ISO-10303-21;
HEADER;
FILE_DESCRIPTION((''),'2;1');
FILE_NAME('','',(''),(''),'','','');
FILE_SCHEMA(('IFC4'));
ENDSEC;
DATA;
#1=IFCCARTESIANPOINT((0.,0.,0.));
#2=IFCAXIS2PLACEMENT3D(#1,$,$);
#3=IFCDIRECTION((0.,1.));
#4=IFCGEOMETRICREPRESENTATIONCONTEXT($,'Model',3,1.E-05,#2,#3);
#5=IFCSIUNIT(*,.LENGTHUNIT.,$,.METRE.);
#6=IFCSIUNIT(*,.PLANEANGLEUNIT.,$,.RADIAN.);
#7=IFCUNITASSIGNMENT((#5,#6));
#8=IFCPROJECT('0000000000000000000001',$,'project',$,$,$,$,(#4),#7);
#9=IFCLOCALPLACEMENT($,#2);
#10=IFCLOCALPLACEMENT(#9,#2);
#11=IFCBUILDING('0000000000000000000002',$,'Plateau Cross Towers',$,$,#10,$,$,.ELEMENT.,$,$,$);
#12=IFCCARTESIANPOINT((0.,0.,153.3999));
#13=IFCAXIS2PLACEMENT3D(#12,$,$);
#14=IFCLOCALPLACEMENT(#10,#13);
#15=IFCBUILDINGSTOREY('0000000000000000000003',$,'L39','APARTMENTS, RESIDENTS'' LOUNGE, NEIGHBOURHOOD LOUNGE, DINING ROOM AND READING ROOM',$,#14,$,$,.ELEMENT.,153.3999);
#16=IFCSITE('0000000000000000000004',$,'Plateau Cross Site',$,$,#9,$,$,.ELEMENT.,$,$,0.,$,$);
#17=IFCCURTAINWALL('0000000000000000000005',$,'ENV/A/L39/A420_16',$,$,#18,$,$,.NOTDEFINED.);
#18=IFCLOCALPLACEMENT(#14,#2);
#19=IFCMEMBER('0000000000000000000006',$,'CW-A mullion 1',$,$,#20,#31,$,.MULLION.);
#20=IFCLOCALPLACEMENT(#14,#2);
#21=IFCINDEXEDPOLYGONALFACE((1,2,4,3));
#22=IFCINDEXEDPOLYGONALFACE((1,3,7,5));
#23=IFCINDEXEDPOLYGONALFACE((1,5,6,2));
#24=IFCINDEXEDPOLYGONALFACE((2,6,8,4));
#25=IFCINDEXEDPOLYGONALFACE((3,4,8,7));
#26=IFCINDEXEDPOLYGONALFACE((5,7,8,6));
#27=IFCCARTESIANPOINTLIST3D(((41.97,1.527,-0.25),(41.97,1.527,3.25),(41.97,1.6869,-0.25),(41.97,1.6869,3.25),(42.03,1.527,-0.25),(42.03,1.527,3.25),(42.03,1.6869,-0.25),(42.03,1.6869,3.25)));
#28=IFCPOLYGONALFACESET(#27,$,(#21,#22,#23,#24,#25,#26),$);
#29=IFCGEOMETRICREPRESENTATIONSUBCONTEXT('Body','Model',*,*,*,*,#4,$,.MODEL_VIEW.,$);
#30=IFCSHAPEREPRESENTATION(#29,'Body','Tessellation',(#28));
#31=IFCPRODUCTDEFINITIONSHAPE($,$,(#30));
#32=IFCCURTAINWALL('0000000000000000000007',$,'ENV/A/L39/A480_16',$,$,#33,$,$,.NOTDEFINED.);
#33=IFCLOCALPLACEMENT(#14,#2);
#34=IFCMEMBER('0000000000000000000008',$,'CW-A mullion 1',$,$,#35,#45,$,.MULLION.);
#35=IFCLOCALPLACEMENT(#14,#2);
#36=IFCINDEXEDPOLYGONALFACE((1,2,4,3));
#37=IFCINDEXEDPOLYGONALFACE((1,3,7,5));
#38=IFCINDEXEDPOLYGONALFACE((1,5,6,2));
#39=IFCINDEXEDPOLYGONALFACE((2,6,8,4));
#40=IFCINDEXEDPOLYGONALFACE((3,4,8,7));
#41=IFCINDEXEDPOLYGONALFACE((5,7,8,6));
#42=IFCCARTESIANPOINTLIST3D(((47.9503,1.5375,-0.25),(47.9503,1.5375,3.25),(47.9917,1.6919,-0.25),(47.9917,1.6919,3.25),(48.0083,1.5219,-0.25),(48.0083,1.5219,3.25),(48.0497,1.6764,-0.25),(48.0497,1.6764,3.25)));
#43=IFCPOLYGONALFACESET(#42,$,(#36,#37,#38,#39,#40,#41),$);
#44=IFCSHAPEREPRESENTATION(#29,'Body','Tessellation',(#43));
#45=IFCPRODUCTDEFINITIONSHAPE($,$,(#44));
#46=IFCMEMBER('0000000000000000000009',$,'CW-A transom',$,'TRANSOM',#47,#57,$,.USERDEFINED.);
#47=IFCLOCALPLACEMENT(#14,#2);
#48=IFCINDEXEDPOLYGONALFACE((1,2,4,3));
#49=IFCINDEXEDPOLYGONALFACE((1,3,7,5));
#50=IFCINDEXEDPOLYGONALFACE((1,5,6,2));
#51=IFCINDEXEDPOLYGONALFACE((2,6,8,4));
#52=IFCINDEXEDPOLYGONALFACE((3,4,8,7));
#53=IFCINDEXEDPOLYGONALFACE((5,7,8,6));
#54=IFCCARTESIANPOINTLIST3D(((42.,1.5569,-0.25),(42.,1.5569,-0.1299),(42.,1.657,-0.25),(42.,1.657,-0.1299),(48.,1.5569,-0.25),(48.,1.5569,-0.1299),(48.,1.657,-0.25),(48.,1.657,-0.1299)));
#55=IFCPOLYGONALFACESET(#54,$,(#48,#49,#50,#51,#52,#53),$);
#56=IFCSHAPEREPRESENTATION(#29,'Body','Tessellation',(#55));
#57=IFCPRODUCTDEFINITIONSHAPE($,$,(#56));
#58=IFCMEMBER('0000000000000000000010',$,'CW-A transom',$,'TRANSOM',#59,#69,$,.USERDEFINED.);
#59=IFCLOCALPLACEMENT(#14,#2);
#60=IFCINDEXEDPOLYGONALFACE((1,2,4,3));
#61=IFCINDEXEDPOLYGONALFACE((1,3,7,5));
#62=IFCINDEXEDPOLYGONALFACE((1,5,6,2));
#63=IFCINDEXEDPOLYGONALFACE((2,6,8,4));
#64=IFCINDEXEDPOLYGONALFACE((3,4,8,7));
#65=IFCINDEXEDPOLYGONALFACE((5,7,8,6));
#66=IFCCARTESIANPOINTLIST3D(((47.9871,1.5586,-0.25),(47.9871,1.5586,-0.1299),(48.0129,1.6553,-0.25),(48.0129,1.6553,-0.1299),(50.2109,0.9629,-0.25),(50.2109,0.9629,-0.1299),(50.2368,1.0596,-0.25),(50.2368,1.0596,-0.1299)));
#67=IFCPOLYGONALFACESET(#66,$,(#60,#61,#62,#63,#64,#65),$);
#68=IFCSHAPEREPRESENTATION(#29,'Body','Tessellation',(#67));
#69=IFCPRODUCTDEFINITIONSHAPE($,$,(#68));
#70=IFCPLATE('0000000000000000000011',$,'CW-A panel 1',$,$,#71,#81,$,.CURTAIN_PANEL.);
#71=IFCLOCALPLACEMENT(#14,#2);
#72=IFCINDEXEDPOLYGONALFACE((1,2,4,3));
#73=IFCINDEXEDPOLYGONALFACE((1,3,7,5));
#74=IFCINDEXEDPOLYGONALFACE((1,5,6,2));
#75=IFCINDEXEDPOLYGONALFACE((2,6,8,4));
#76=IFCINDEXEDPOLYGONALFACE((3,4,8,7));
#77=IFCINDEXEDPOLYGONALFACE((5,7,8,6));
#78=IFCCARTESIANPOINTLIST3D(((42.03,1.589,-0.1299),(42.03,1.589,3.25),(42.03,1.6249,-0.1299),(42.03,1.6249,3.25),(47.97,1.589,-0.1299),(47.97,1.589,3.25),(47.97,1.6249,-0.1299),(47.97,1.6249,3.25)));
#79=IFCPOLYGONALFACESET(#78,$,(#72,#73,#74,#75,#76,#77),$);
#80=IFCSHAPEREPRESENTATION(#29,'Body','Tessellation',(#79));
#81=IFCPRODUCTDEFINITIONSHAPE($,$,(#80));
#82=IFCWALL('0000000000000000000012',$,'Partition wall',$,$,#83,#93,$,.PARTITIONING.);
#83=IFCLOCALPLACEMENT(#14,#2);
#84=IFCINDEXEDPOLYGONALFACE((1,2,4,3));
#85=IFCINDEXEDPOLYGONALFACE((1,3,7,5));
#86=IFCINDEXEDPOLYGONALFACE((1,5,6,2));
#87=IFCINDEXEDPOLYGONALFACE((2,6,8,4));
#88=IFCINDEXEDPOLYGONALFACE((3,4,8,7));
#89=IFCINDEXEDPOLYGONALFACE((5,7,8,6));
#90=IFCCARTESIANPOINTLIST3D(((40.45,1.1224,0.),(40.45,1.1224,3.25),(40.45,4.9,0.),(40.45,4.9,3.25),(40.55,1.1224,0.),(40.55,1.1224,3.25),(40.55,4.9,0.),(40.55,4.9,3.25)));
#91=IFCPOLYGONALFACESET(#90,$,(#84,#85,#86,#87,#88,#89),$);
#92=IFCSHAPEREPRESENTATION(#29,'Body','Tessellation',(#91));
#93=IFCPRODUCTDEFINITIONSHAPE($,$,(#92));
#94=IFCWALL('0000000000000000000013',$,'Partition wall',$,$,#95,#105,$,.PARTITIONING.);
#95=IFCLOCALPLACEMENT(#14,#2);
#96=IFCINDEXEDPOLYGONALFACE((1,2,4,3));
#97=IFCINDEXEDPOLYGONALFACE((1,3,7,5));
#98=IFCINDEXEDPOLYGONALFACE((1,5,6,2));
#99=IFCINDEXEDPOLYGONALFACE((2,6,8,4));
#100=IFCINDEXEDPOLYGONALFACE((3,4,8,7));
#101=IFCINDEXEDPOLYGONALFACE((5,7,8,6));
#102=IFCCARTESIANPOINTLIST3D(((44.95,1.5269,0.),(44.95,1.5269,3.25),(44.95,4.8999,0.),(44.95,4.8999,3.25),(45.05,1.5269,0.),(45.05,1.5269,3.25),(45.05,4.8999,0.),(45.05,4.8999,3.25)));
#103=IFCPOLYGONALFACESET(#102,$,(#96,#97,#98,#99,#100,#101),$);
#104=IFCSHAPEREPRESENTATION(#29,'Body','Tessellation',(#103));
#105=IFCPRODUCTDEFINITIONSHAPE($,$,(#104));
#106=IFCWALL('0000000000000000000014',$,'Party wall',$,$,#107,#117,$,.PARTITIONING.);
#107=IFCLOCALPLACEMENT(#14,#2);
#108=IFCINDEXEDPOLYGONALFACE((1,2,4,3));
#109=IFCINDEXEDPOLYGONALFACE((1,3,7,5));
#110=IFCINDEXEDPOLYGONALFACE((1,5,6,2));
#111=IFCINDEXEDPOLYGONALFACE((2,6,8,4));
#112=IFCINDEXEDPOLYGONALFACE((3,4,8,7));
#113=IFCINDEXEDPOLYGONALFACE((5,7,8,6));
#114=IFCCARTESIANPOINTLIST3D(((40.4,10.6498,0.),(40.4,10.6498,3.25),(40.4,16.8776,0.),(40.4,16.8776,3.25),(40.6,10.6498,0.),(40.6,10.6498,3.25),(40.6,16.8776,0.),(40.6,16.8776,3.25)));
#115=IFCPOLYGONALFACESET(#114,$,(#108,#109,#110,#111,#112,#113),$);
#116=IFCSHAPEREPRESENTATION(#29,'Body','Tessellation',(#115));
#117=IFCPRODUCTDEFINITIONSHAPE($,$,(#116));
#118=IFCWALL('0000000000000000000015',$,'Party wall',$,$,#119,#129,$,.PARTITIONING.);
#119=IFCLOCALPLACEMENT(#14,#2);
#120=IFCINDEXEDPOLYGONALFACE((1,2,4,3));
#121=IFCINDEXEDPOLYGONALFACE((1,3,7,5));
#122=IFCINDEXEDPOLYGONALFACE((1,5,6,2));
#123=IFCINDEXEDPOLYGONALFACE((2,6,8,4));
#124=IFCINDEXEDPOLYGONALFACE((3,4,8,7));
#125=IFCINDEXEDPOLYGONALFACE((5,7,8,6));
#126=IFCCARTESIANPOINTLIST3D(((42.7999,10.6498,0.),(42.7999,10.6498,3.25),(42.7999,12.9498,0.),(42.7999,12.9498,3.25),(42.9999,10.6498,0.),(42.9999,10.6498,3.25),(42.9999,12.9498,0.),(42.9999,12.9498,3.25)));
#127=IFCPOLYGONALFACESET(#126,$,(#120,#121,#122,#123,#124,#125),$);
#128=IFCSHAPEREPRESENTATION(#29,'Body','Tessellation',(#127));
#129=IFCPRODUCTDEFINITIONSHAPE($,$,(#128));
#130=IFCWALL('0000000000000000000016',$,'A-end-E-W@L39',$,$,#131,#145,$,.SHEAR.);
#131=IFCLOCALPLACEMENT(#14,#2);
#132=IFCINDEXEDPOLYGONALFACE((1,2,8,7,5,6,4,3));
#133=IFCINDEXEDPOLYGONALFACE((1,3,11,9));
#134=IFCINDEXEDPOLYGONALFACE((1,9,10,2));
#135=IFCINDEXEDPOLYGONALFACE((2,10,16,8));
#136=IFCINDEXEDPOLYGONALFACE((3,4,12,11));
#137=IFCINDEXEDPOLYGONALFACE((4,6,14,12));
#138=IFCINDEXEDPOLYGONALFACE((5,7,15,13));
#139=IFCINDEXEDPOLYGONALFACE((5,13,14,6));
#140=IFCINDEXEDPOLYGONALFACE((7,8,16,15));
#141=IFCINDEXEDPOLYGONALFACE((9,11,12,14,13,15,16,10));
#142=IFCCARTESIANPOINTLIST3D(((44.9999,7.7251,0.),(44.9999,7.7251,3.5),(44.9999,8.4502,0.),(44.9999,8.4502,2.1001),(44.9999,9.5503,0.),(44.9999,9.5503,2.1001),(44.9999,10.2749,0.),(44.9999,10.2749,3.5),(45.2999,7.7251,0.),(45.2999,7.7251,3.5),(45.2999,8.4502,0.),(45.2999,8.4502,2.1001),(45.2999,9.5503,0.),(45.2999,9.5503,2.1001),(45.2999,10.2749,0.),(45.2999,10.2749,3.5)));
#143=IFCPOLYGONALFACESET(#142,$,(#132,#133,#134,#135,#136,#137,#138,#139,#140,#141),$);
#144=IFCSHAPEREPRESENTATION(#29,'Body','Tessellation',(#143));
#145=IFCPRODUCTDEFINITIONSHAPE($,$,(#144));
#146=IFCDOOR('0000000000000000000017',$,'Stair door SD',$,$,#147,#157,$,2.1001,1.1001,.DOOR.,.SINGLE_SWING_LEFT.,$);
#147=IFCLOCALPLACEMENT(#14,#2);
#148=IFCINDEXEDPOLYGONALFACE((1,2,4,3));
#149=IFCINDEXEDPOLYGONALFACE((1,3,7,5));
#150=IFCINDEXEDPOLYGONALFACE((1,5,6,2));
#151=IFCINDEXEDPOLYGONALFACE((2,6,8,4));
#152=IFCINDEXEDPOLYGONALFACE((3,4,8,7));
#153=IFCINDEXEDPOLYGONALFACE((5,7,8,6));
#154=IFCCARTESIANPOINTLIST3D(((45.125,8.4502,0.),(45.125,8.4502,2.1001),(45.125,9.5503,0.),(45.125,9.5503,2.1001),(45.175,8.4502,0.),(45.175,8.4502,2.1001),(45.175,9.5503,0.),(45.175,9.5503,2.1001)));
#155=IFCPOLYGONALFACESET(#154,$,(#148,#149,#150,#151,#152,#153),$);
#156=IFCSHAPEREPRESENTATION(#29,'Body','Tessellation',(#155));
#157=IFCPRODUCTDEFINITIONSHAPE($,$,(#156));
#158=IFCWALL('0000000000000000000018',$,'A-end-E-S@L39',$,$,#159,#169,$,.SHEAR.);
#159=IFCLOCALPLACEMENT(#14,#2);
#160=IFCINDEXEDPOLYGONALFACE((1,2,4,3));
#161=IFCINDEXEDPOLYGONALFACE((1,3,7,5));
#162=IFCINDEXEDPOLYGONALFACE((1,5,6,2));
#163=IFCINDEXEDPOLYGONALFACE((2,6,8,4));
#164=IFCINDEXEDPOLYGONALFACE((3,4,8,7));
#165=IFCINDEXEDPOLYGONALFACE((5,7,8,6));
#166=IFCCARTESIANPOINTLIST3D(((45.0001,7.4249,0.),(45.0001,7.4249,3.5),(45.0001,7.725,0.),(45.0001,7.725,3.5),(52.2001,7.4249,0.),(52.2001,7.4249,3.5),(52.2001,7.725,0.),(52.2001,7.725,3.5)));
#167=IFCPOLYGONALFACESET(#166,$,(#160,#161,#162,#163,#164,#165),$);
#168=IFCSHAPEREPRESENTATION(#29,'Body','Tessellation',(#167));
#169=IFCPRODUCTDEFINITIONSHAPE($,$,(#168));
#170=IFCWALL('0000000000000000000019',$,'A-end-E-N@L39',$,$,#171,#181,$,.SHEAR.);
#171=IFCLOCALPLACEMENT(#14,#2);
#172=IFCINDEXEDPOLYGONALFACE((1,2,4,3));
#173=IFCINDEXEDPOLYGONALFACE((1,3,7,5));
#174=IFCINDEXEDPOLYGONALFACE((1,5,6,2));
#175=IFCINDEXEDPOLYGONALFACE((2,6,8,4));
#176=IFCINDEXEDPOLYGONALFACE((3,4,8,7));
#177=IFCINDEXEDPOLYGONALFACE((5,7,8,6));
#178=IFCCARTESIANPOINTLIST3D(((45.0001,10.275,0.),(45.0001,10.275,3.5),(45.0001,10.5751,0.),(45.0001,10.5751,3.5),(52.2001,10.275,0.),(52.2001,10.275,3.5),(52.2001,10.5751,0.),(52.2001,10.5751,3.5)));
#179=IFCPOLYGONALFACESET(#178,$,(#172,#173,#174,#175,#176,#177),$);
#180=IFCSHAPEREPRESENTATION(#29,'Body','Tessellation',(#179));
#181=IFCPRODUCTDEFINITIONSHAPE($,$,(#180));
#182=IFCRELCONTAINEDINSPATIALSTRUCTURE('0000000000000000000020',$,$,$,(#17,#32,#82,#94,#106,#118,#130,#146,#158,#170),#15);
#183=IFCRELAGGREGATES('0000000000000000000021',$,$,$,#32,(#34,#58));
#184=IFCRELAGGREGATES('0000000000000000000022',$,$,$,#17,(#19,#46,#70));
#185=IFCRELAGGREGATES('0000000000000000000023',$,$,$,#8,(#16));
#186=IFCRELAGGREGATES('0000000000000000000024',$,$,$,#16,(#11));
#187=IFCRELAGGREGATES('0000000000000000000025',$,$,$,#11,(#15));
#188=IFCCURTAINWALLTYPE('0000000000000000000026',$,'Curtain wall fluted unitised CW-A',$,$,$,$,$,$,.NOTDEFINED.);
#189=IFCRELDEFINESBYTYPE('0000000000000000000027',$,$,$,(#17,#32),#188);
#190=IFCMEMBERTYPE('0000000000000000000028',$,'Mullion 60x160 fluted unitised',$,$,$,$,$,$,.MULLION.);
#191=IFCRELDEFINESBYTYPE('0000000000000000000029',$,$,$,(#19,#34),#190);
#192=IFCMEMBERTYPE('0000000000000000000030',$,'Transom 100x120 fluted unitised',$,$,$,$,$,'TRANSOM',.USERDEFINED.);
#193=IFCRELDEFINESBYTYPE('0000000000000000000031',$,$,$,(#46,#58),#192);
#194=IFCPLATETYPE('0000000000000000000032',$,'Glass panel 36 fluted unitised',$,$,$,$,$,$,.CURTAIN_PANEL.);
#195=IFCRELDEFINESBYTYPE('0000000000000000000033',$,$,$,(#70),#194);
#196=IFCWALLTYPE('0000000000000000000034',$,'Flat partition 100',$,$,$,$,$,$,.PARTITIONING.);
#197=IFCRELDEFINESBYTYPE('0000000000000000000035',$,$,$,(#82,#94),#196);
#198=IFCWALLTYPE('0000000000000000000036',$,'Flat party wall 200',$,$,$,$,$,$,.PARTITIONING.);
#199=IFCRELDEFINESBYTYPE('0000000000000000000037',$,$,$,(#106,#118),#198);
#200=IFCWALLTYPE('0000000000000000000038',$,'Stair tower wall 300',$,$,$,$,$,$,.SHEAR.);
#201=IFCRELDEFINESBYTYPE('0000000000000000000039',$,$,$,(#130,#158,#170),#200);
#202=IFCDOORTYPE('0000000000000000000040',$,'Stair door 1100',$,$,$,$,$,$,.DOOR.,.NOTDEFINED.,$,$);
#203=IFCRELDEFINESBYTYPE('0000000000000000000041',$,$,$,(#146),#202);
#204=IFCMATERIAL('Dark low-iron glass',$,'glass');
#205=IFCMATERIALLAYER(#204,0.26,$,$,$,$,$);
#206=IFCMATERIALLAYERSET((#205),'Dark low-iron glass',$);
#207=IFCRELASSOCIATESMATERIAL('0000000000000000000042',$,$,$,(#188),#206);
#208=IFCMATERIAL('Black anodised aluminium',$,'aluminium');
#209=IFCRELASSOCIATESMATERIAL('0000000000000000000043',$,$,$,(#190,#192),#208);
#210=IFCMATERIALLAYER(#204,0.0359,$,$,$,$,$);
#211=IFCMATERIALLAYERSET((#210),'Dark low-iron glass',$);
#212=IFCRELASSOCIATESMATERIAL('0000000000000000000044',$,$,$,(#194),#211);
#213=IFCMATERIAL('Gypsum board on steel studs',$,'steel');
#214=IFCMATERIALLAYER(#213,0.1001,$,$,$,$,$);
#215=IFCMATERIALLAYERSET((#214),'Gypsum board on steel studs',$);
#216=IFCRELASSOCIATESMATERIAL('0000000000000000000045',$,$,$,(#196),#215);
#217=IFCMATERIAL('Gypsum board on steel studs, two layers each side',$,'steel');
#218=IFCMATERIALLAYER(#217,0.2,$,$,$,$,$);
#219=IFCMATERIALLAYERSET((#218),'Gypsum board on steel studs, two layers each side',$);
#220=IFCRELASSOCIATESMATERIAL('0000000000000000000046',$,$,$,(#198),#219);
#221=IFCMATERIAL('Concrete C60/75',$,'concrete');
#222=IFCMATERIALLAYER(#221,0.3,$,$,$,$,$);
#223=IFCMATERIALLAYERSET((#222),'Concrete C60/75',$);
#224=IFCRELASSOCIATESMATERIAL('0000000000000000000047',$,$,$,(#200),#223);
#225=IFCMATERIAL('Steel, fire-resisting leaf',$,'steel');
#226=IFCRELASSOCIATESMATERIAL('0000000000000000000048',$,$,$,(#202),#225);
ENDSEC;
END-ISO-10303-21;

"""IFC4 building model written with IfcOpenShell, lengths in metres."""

from ifc_helpers import new_model, si_unit, direction, frame, frame_2d, origin, origin_2d, place, context, subcontext, project, spatial, rectangle, extrude, material, layer, layer_set, material_profile, profile_set, type_object, element, fill, aggregate, save


model = new_model("IFC4")

# Units and contexts
model_context = context("Model", 3, precision=1e-05, world=origin(), true_north=direction((0.0, 1.0)))
body_context = subcontext(model_context, "Body", "Model", "MODEL_VIEW")
ifc_project = project(units=[si_unit("LENGTHUNIT", "METRE"), si_unit("PLANEANGLEUNIT", "RADIAN")], contexts=[model_context])

# Site, building, storey
site_placement = place(None, origin())
site = spatial("IfcSite", under=ifc_project, at=site_placement, Name="Plateau Cross Site", CompositionType="ELEMENT", RefElevation=0.0)
building_placement = place(site_placement, origin())
building = spatial("IfcBuilding", under=site, at=building_placement, Name="Plateau Cross Towers", CompositionType="ELEMENT")
storey_placement = place(building_placement, frame((0.0, 0.0, 153.3999)))
storey = spatial("IfcBuildingStorey", under=building, at=storey_placement, Name="L39", Description="APARTMENTS, RESIDENTS' LOUNGE, NEIGHBOURHOOD LOUNGE, DINING ROOM AND READING ROOM", CompositionType="ELEMENT", Elevation=153.3999)

# Curtain walls, members
ifc_material_1 = material(Name="Dark low-iron glass", Category="glass")
ifc_layer_1 = layer(ifc_material_1, 0.26)
ifc_layer_set_1 = layer_set([ifc_layer_1], Name="Dark low-iron glass")
curtain_wall_type = type_object("IfcCurtainWallType", Name="Curtain wall fluted unitised CW-A", PredefinedType="NOTDEFINED", material=ifc_layer_set_1)
curtain_wall_1_placement = place(storey_placement, origin())
curtain_wall_1 = element("IfcCurtainWall", 1, at=curtain_wall_1_placement, inside=storey, type_object=curtain_wall_type, Name="ENV/A/L39/A420_16", PredefinedType="NOTDEFINED")
ifc_material_2 = material(Name="Black anodised aluminium", Category="aluminium")
ifc_material_profile_1 = material_profile(ifc_material_2, rectangle(XDim=0.0601, YDim=0.1599, at=origin_2d()), Name="MULLION 60x160")
ifc_profile_set_1 = profile_set([ifc_material_profile_1], Name="Black anodised aluminium")
member_type_1 = type_object("IfcMemberType", Name="Mullion 60x160 fluted unitised", PredefinedType="MULLION", material=ifc_profile_set_1)
member_1_placement = place(storey_placement, frame((42.0, 1.6069, -0.25), z_axis=(0.0, 0.0, 1.0), x_axis=(1.0, 0.0, 0.0)))
member_1 = element("IfcMember", 2, at=member_1_placement, type_object=member_type_1, Name="CW-A mullion 1", PredefinedType="MULLION", context=body_context, shape_type="SweptSolid", body=[
    extrude(rectangle(XDim=0.0601, YDim=0.1599, at=origin_2d()), origin(), (0.0, 0.0, 1.0), 3.5),
])
curtain_wall_2_placement = place(storey_placement, origin())
curtain_wall_2 = element("IfcCurtainWall", 3, at=curtain_wall_2_placement, inside=storey, type_object=curtain_wall_type, Name="ENV/A/L39/A480_16", PredefinedType="NOTDEFINED")
member_2_placement = place(storey_placement, frame((48.0, 1.6069, -0.25), z_axis=(0.0, 0.0, 1.0), x_axis=(0.965958, -0.258699, 0.0)))
member_2 = element("IfcMember", 4, at=member_2_placement, type_object=member_type_1, Name="CW-A mullion 1", PredefinedType="MULLION", context=body_context, shape_type="SweptSolid", body=[
    extrude(rectangle(XDim=0.0601, YDim=0.1599, at=origin_2d()), origin(), (0.0, 0.0, 1.0), 3.5),
])

# Members
ifc_material_profile_2 = material_profile(ifc_material_2, rectangle(XDim=0.1001, YDim=0.1201, at=origin_2d()), Name="TRANSOM 100x120")
ifc_profile_set_2 = profile_set([ifc_material_profile_2], Name="Black anodised aluminium")
member_type_2 = type_object("IfcMemberType", Name="Transom 100x120 fluted unitised", ElementType="TRANSOM", PredefinedType="USERDEFINED", material=ifc_profile_set_2)
member_3_placement = place(storey_placement, frame((42.0, 1.6069, -0.1899), z_axis=(1.0, 0.0, 0.0), x_axis=(0.0, 1.0, 0.0)))
member_3 = element("IfcMember", 5, at=member_3_placement, type_object=member_type_2, Name="CW-A transom", ObjectType="TRANSOM", PredefinedType="USERDEFINED", context=body_context, shape_type="SweptSolid", body=[
    extrude(rectangle(XDim=0.1001, YDim=0.1201, at=origin_2d()), origin(), (0.0, 0.0, 1.0), 6.0),
])
member_4_placement = place(storey_placement, frame((48.0, 1.6069, -0.1899), z_axis=(0.965946, -0.258745, 0.0), x_axis=(0.258745, 0.965946, 0.0)))
member_4 = element("IfcMember", 6, at=member_4_placement, type_object=member_type_2, Name="CW-A transom", ObjectType="TRANSOM", PredefinedType="USERDEFINED", context=body_context, shape_type="SweptSolid", body=[
    extrude(rectangle(XDim=0.1001, YDim=0.1201, at=origin_2d()), origin(), (0.0, 0.0, 1.0), 2.3022),
])
aggregate(curtain_wall_2, [member_2, member_4])

# Plate
ifc_layer_2 = layer(ifc_material_1, 0.0359)
ifc_layer_set_2 = layer_set([ifc_layer_2], Name="Dark low-iron glass")
plate_type = type_object("IfcPlateType", Name="Glass panel 36 fluted unitised", PredefinedType="CURTAIN_PANEL", material=ifc_layer_set_2)
plate_placement = place(storey_placement, frame((45.0, 1.6069, -0.1299), z_axis=(0.0, 0.0, 1.0), x_axis=(1.0, 0.0, 0.0)))
plate = element("IfcPlate", 7, at=plate_placement, type_object=plate_type, Name="CW-A panel 1", PredefinedType="CURTAIN_PANEL", context=body_context, shape_type="SweptSolid", body=[
    extrude(rectangle(XDim=5.9399, YDim=0.0359, at=origin_2d()), origin(), (0.0, 0.0, 1.0), 3.3799),
])
aggregate(curtain_wall_1, [member_1, member_3, plate])

# Walls
ifc_material_3 = material(Name="Gypsum board on steel studs", Category="steel")
ifc_layer_3 = layer(ifc_material_3, 0.1001)
ifc_layer_set_3 = layer_set([ifc_layer_3], Name="Gypsum board on steel studs")
wall_type_1 = type_object("IfcWallType", Name="Flat partition 100", PredefinedType="PARTITIONING", material=ifc_layer_set_3)
wall_1_placement = place(storey_placement, frame((40.5, 4.8999, 0.0), z_axis=(0.0, 0.0, 1.0), x_axis=(0.0, -1.0, 0.0)))
element("IfcWall", 8, at=wall_1_placement, inside=storey, type_object=wall_type_1, Name="Partition wall", PredefinedType="PARTITIONING", context=body_context, shape_type="SweptSolid", body=[
    extrude(rectangle(XDim=3.7776, YDim=0.1001, at=frame_2d((1.8887, 0.0))), origin(), (0.0, 0.0, 1.0), 3.25),
])
wall_2_placement = place(storey_placement, frame((45.0, 1.5269, 0.0), z_axis=(0.0, 0.0, 1.0), x_axis=(0.0, 1.0, 0.0)))
element("IfcWall", 9, at=wall_2_placement, inside=storey, type_object=wall_type_1, Name="Partition wall", PredefinedType="PARTITIONING", context=body_context, shape_type="SweptSolid", body=[
    extrude(rectangle(XDim=3.373, YDim=0.1001, at=frame_2d((1.6865, 0.0))), origin(), (0.0, 0.0, 1.0), 3.25),
])
ifc_material_4 = material(Name="Gypsum board on steel studs, two layers each side", Category="steel")
ifc_layer_4 = layer(ifc_material_4, 0.2)
ifc_layer_set_4 = layer_set([ifc_layer_4], Name="Gypsum board on steel studs, two layers each side")
wall_type_2 = type_object("IfcWallType", Name="Flat party wall 200", PredefinedType="PARTITIONING", material=ifc_layer_set_4)
wall_3_placement = place(storey_placement, frame((40.5, 10.6499, 0.0), z_axis=(0.0, 0.0, 1.0), x_axis=(0.0, 1.0, 0.0)))
element("IfcWall", 10, at=wall_3_placement, inside=storey, type_object=wall_type_2, Name="Party wall", PredefinedType="PARTITIONING", context=body_context, shape_type="SweptSolid", body=[
    extrude(rectangle(XDim=6.2278, YDim=0.2, at=frame_2d((3.1138, 0.0))), origin(), (0.0, 0.0, 1.0), 3.25),
])
wall_4_placement = place(storey_placement, frame((42.8999, 10.6499, 0.0), z_axis=(0.0, 0.0, 1.0), x_axis=(0.0, 1.0, 0.0)))
element("IfcWall", 11, at=wall_4_placement, inside=storey, type_object=wall_type_2, Name="Party wall", PredefinedType="PARTITIONING", context=body_context, shape_type="SweptSolid", body=[
    extrude(rectangle(XDim=2.3, YDim=0.2, at=frame_2d((1.1499, 0.0))), origin(), (0.0, 0.0, 1.0), 3.25),
])

# Wall, opening, door
ifc_material_5 = material(Name="Concrete C60/75", Category="concrete")
ifc_layer_5 = layer(ifc_material_5, 0.3)
ifc_layer_set_5 = layer_set([ifc_layer_5], Name="Concrete C60/75")
wall_type_3 = type_object("IfcWallType", Name="Stair tower wall 300", PredefinedType="SHEAR", material=ifc_layer_set_5)
wall_5_placement = place(storey_placement, frame((45.1499, 7.7251, 0.0), z_axis=(0.0, 0.0, 1.0), x_axis=(0.0, 1.0, 0.0)))
wall_5 = element("IfcWall", 12, at=wall_5_placement, inside=storey, type_object=wall_type_3, Name="A-end-E-W@L39", PredefinedType="SHEAR", context=body_context, shape_type="SweptSolid", body=[
    extrude(rectangle(XDim=2.5498, YDim=0.3, at=frame_2d((1.2749, 0.0))), origin(), (0.0, 0.0, 1.0), 3.5),
])
opening_placement = place(wall_5_placement, frame((0.7251, 0.0, 0.0)))
opening = element("IfcOpeningElement", 13, at=opening_placement, cuts=wall_5, PredefinedType="OPENING", context=body_context, shape_type="SweptSolid", body=[
    extrude(rectangle(XDim=1.1001, YDim=2.1001, at=frame_2d((0.55, 1.05))), frame((0.0, 0.1599, 0.0), z_axis=(0.0, -1.0, 0.0), x_axis=(1.0, 0.0, 0.0)), (0.0, 0.0, 1.0), 0.3201),
])
ifc_material_6 = material(Name="Steel, fire-resisting leaf", Category="steel")
door_type = type_object("IfcDoorType", Name="Stair door 1100", OperationType="NOTDEFINED", PredefinedType="DOOR", material=ifc_material_6)
door_placement = place(opening_placement, origin())
door = element("IfcDoor", 14, at=door_placement, inside=storey, type_object=door_type, Name="Stair door SD", OperationType="SINGLE_SWING_LEFT", OverallHeight=2.1001, OverallWidth=1.1001, PredefinedType="DOOR", context=body_context, shape_type="SweptSolid", body=[
    extrude(rectangle(XDim=1.1001, YDim=2.1001, at=frame_2d((0.55, 1.05))), frame((0.0, 0.0249, 0.0), z_axis=(0.0, -1.0, 0.0), x_axis=(1.0, 0.0, 0.0)), (0.0, 0.0, 1.0), 0.05),
])
fill(opening, door)

# Walls
for number, where, z_axis, x_axis, name in (
    (15, (45.0, 7.575, 0.0), (0.0, 0.0, 1.0), (1.0, 0.0, 0.0), "A-end-E-S@L39"),
    (16, (45.0, 10.425, 0.0), (0.0, 0.0, 1.0), (1.0, 0.0, 0.0), "A-end-E-N@L39"),
):
    element("IfcWall", number, at=place(storey_placement, frame(where, z_axis=z_axis, x_axis=x_axis)), inside=storey, type_object=wall_type_3, Name=name, PredefinedType="SHEAR", context=body_context, shape_type="SweptSolid", body=[
        extrude(rectangle(XDim=7.2, YDim=0.3, at=frame_2d((3.6001, 0.0))), origin(), (0.0, 0.0, 1.0), 3.5),
    ])

save(model, "model.ifc")
